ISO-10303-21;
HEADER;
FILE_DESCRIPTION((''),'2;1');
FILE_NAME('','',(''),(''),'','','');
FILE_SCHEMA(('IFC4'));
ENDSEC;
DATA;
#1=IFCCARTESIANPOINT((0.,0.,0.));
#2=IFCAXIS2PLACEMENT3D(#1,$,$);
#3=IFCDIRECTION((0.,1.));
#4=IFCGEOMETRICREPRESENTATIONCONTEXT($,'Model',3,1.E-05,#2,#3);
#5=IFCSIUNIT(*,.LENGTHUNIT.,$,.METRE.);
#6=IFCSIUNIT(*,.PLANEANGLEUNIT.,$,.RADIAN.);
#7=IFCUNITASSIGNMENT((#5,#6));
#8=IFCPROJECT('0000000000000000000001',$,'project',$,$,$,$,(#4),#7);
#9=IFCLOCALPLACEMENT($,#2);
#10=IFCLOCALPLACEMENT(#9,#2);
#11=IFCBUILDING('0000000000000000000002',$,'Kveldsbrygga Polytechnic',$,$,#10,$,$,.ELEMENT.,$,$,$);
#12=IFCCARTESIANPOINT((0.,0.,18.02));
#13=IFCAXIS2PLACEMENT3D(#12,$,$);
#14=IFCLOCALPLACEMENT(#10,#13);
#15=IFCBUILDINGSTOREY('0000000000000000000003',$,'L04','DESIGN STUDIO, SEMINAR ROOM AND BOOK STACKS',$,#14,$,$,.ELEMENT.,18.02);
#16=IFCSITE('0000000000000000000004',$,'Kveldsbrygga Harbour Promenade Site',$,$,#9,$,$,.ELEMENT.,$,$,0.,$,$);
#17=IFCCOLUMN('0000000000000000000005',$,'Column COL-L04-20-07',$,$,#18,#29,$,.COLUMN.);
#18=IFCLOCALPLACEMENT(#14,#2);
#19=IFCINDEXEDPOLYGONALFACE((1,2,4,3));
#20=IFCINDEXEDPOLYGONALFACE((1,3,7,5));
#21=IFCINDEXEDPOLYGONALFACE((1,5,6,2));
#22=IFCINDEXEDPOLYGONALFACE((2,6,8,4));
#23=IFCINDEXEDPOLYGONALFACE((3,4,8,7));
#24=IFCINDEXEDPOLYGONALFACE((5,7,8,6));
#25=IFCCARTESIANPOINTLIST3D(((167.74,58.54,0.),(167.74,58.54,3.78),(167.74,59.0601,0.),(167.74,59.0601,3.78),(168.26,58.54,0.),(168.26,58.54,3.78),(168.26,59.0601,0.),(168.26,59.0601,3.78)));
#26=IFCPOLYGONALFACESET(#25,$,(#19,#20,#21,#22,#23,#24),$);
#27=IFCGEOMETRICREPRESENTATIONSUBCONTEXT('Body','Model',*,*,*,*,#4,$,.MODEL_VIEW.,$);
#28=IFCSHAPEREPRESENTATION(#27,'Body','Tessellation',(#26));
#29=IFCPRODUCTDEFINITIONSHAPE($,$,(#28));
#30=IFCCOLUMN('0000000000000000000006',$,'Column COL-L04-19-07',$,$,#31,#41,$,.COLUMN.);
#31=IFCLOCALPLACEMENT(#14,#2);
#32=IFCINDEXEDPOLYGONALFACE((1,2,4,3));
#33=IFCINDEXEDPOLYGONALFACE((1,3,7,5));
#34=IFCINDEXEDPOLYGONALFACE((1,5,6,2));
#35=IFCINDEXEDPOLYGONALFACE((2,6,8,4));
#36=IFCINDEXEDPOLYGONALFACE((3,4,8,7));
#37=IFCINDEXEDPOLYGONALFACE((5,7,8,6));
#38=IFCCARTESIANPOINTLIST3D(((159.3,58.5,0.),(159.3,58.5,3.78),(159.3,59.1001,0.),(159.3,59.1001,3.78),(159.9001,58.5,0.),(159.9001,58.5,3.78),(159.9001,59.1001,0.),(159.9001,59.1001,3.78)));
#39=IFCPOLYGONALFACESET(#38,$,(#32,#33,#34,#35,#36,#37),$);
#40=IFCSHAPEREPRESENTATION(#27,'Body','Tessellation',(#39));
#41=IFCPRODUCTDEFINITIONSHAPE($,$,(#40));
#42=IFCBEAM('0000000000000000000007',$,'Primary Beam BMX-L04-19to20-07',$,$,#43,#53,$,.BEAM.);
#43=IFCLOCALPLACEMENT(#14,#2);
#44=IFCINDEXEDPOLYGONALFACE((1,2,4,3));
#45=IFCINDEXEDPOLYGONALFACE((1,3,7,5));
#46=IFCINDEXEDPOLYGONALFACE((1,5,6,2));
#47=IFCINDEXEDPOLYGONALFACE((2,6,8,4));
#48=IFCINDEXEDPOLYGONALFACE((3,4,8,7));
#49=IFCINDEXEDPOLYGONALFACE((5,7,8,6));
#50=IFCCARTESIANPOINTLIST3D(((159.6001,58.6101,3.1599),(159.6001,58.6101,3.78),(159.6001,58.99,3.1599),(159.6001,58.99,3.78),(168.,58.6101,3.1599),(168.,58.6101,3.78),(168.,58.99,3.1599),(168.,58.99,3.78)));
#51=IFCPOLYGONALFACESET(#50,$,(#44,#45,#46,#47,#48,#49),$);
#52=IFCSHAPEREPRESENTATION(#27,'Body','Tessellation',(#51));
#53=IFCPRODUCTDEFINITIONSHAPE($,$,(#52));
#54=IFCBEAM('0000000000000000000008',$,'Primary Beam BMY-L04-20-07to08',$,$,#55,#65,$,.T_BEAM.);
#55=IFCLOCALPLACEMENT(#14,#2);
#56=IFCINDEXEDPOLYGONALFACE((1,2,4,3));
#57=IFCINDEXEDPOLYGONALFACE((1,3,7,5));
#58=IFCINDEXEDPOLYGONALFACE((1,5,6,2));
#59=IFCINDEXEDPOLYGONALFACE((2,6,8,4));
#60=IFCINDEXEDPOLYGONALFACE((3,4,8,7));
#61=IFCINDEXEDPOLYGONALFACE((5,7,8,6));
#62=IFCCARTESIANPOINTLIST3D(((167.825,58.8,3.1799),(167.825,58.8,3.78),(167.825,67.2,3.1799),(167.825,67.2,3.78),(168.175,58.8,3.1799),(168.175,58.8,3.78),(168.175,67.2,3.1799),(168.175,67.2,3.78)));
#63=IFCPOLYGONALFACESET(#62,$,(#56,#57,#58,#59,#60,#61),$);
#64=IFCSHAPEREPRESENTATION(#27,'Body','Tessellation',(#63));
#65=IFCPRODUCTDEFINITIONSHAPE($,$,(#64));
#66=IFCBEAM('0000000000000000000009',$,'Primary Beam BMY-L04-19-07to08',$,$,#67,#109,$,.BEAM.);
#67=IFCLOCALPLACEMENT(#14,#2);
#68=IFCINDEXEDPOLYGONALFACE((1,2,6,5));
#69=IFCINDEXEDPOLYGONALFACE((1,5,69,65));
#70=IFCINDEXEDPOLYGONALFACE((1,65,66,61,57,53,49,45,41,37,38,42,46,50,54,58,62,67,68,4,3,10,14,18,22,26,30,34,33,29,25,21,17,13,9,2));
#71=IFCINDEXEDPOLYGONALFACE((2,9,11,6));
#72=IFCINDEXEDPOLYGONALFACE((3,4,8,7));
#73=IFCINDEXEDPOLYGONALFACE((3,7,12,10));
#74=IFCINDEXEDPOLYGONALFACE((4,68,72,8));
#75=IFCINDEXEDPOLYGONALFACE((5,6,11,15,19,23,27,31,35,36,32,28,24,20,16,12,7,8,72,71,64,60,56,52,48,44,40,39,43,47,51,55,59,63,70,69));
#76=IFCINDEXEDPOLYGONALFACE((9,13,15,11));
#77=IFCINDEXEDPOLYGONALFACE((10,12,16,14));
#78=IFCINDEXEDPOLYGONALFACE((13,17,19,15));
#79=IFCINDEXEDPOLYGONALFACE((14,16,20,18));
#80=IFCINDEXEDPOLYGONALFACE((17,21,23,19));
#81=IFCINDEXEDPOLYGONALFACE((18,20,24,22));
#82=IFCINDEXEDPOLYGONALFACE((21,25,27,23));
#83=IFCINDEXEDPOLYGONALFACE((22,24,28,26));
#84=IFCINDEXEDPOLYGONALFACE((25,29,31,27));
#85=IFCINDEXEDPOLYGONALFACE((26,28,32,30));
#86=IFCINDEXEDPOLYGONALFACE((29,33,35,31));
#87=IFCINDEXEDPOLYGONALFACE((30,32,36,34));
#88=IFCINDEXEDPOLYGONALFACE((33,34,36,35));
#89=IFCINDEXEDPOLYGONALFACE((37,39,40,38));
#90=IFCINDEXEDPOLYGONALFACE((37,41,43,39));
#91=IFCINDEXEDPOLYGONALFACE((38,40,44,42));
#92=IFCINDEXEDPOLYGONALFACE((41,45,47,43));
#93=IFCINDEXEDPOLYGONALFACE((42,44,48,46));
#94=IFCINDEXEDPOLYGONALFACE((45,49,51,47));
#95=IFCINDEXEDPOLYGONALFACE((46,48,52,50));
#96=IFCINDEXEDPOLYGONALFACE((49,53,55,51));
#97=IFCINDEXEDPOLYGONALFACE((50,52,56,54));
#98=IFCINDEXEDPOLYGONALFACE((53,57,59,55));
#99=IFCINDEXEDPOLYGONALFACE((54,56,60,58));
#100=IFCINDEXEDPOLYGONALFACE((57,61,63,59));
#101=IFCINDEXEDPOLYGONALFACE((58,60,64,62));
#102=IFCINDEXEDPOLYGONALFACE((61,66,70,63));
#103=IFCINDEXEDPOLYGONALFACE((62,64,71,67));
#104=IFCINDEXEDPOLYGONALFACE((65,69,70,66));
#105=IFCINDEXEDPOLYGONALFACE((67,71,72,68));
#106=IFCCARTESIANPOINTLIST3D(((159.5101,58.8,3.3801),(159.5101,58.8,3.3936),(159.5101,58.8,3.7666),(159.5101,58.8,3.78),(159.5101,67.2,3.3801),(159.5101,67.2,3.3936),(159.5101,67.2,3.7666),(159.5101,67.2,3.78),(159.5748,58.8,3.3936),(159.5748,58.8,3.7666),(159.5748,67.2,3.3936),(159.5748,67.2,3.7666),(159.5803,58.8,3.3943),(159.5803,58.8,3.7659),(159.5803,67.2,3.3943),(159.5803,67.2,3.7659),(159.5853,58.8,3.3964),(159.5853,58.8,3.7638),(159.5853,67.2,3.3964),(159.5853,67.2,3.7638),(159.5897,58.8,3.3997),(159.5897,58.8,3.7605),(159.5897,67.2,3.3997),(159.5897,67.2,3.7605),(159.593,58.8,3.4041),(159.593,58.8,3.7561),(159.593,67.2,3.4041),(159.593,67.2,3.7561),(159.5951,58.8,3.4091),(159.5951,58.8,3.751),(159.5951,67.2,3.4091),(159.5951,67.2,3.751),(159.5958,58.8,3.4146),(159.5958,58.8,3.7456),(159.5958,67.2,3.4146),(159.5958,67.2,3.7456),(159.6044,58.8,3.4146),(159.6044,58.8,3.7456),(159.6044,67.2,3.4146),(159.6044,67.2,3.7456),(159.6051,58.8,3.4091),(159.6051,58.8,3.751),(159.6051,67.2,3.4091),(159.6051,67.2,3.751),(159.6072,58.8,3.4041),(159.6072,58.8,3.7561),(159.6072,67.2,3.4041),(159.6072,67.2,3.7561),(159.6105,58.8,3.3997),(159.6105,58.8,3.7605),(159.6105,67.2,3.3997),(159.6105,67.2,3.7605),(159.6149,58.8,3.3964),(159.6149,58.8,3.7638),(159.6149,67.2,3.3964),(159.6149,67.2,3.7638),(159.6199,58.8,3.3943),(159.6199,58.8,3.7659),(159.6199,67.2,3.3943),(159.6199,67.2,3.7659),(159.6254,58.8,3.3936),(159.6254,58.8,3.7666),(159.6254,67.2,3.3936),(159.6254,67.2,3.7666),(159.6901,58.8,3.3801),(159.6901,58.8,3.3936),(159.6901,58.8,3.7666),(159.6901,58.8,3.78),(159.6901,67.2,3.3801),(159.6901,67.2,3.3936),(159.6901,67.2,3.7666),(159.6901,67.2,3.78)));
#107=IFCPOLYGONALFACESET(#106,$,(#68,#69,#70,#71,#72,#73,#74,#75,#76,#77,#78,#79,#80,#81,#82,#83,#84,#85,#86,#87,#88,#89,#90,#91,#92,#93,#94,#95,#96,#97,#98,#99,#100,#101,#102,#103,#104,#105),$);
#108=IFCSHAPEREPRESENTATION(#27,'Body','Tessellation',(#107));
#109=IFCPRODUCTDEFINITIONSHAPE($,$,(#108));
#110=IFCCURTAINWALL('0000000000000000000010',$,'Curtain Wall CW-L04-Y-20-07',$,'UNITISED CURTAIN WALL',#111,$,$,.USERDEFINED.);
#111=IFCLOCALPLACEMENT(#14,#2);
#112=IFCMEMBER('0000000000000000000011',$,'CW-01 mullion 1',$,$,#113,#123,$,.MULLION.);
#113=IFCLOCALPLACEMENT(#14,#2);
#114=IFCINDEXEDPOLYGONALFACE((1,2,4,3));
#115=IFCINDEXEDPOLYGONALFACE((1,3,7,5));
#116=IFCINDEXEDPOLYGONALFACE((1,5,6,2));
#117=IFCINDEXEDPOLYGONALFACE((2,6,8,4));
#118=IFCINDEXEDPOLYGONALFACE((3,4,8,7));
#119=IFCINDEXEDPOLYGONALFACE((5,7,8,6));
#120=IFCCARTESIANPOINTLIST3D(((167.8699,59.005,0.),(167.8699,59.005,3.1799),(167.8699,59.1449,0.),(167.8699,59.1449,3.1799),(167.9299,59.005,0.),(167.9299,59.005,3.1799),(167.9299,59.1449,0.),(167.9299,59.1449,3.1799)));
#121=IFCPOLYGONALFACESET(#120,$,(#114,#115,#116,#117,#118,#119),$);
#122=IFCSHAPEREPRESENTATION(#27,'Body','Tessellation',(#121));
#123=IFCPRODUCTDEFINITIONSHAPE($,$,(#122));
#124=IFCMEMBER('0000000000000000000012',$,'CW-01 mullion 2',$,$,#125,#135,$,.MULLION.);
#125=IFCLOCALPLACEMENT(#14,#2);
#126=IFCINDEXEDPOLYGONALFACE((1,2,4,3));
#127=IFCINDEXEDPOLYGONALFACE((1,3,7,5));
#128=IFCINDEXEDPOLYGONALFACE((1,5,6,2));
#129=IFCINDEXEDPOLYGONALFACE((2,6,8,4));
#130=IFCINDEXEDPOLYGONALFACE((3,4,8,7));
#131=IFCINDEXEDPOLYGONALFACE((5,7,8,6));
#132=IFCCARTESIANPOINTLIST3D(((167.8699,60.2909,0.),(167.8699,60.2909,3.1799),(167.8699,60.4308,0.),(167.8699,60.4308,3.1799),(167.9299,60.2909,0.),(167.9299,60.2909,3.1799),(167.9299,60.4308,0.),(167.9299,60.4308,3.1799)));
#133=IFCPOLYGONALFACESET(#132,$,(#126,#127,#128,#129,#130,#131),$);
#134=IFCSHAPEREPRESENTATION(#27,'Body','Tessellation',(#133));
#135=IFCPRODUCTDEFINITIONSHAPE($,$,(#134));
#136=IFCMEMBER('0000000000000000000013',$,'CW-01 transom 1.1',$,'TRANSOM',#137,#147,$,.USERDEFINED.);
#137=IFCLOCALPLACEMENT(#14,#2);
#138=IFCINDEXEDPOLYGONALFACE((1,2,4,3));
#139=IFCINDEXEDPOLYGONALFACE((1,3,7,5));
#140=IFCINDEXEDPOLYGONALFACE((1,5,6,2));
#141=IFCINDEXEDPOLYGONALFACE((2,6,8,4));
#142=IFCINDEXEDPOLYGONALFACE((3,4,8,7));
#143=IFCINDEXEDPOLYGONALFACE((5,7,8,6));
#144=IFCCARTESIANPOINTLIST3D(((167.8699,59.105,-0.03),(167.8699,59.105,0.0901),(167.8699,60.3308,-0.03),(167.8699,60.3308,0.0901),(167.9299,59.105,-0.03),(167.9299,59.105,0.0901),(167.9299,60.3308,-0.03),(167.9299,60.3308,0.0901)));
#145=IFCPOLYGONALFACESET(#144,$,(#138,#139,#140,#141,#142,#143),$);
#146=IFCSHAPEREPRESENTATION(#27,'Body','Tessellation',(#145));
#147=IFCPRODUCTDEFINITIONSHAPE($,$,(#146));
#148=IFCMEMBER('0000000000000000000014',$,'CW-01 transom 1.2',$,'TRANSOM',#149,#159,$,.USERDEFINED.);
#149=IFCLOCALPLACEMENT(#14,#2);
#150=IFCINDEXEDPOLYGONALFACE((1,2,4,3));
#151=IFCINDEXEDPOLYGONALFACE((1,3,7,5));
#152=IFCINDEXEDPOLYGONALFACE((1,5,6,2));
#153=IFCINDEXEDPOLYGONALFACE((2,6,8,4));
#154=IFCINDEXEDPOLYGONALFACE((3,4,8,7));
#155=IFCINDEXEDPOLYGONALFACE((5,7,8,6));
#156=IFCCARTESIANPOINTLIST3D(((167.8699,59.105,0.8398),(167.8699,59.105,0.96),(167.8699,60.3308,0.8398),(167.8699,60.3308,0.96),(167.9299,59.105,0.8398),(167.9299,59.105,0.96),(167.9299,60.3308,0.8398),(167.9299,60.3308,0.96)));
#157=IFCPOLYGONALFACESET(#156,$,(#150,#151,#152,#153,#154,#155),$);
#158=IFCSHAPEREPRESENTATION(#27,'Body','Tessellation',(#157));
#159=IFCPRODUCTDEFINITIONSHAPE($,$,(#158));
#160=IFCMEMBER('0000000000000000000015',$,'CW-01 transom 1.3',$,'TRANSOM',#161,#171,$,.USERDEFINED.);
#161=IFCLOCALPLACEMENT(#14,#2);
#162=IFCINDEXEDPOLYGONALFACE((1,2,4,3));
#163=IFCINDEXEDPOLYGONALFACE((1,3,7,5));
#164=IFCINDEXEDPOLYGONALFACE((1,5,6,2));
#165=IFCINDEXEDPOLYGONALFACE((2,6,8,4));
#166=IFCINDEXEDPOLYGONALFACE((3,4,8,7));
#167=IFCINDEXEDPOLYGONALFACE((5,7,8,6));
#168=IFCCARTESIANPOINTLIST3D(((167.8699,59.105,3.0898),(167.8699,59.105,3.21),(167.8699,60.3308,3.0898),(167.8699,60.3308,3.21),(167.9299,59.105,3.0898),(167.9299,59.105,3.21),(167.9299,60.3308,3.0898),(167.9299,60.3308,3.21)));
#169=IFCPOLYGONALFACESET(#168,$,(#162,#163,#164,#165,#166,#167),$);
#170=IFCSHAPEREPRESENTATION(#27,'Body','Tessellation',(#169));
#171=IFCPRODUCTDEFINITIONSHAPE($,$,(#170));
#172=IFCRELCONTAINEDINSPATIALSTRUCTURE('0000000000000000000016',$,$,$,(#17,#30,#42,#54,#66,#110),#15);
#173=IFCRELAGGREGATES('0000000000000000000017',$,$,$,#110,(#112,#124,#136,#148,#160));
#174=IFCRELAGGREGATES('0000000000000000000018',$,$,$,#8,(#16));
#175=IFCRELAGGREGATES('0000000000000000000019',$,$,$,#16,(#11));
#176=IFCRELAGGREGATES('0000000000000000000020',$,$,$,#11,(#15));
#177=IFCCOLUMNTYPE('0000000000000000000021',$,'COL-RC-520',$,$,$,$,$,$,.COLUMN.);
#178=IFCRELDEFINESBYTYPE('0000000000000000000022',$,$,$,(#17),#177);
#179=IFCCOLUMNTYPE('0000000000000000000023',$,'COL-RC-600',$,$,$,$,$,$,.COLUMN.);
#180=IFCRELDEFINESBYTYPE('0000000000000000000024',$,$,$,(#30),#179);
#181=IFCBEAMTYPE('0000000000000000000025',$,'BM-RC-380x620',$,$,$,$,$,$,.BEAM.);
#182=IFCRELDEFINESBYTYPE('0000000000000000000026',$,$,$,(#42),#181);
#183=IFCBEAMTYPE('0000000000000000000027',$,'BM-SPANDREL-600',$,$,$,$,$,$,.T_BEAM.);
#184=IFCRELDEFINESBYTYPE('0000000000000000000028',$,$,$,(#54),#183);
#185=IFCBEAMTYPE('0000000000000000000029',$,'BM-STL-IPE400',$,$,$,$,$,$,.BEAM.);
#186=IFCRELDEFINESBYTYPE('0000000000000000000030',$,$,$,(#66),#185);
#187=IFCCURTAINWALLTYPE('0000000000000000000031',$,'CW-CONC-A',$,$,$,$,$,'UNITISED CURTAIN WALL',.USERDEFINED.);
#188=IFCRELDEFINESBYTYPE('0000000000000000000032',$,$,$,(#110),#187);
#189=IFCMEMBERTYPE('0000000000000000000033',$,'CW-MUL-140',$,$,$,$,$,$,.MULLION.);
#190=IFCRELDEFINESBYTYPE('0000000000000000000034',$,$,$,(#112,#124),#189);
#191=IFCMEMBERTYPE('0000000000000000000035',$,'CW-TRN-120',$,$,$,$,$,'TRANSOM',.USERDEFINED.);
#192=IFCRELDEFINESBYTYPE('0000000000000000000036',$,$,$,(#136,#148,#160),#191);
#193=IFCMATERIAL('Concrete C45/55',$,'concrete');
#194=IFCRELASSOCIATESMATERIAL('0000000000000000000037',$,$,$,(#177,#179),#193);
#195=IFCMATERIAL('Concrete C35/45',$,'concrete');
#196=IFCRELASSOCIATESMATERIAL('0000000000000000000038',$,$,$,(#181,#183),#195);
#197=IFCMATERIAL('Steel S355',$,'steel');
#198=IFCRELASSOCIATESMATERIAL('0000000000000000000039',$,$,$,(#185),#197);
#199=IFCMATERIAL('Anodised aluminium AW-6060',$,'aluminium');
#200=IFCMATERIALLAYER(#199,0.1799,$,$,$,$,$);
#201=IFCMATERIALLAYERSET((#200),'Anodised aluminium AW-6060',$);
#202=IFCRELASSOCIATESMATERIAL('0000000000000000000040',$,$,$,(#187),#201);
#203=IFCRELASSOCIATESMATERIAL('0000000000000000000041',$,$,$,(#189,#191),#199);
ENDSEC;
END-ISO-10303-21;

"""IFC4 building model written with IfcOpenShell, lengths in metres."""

from ifc_helpers import new_model, si_unit, direction, frame, origin, origin_2d, place, context, subcontext, project, spatial, rectangle, i_section, extrude, material, layer, layer_set, material_profile, profile_set, type_object, element, aggregate, save


model = new_model("IFC4")

# Units and contexts
model_context = context("Model", 3, precision=1e-05, world=origin(), true_north=direction((0.0, 1.0)))
body_context = subcontext(model_context, "Body", "Model", "MODEL_VIEW")
ifc_project = project(units=[si_unit("LENGTHUNIT", "METRE"), si_unit("PLANEANGLEUNIT", "RADIAN")], contexts=[model_context])

# Site, building, storey
site_placement = place(None, origin())
site = spatial("IfcSite", under=ifc_project, at=site_placement, Name="Kveldsbrygga Harbour Promenade Site", CompositionType="ELEMENT", RefElevation=0.0)
building_placement = place(site_placement, origin())
building = spatial("IfcBuilding", under=site, at=building_placement, Name="Kveldsbrygga Polytechnic", CompositionType="ELEMENT")
storey_placement = place(building_placement, frame((0.0, 0.0, 18.02)))
storey = spatial("IfcBuildingStorey", under=building, at=storey_placement, Name="L04", Description="DESIGN STUDIO, SEMINAR ROOM AND BOOK STACKS", CompositionType="ELEMENT", Elevation=18.02)

# Columns
ifc_material_1 = material(Name="Concrete C45/55", Category="concrete")
ifc_material_profile_1 = material_profile(ifc_material_1, rectangle(XDim=0.52, YDim=0.52, at=origin_2d()), Name="RC 520x520")
ifc_profile_set_1 = profile_set([ifc_material_profile_1], Name="Concrete C45/55")
column_type_1 = type_object("IfcColumnType", Name="COL-RC-520", PredefinedType="COLUMN", material=ifc_profile_set_1)
column_1_placement = place(storey_placement, frame((168.0, 58.8, 0.0), z_axis=(0.0, 0.0, 1.0), x_axis=(1.0, 0.0, 0.0)))
element("IfcColumn", 1, at=column_1_placement, inside=storey, type_object=column_type_1, Name="Column COL-L04-20-07", PredefinedType="COLUMN", context=body_context, shape_type="SweptSolid", body=[
    extrude(rectangle(XDim=0.52, YDim=0.52, at=origin_2d()), origin(), (0.0, 0.0, 1.0), 3.78),
])
ifc_material_profile_2 = material_profile(ifc_material_1, rectangle(XDim=0.6001, YDim=0.6001, at=origin_2d()), Name="RC 600x600")
ifc_profile_set_2 = profile_set([ifc_material_profile_2], Name="Concrete C45/55")
column_type_2 = type_object("IfcColumnType", Name="COL-RC-600", PredefinedType="COLUMN", material=ifc_profile_set_2)
column_2_placement = place(storey_placement, frame((159.6001, 58.8, 0.0), z_axis=(0.0, 0.0, 1.0), x_axis=(1.0, 0.0, 0.0)))
element("IfcColumn", 2, at=column_2_placement, inside=storey, type_object=column_type_2, Name="Column COL-L04-19-07", PredefinedType="COLUMN", context=body_context, shape_type="SweptSolid", body=[
    extrude(rectangle(XDim=0.6001, YDim=0.6001, at=origin_2d()), origin(), (0.0, 0.0, 1.0), 3.78),
])

# Beams
ifc_material_2 = material(Name="Concrete C35/45", Category="concrete")
ifc_material_profile_3 = material_profile(ifc_material_2, rectangle(XDim=0.3799, YDim=0.6201, at=origin_2d()), Name="RC 380x620")
ifc_profile_set_3 = profile_set([ifc_material_profile_3], Name="Concrete C35/45")
beam_type_1 = type_object("IfcBeamType", Name="BM-RC-380x620", PredefinedType="BEAM", material=ifc_profile_set_3)
beam_1_placement = place(storey_placement, frame((159.6001, 58.8, 3.47), z_axis=(1.0, 0.0, 0.0), x_axis=(0.0, 1.0, 0.0)))
element("IfcBeam", 3, at=beam_1_placement, inside=storey, type_object=beam_type_1, Name="Primary Beam BMX-L04-19to20-07", PredefinedType="BEAM", context=body_context, shape_type="SweptSolid", body=[
    extrude(rectangle(XDim=0.3799, YDim=0.6201, at=origin_2d()), origin(), (0.0, 0.0, 1.0), 8.3999),
])
ifc_material_profile_4 = material_profile(ifc_material_2, rectangle(XDim=0.3501, YDim=0.6001, at=origin_2d()), Name="RC 350x600")
ifc_profile_set_4 = profile_set([ifc_material_profile_4], Name="Concrete C35/45")
beam_type_2 = type_object("IfcBeamType", Name="BM-SPANDREL-600", PredefinedType="T_BEAM", material=ifc_profile_set_4)
beam_2_placement = place(storey_placement, frame((168.0, 58.8, 3.48), z_axis=(0.0, 1.0, 0.0), x_axis=(-1.0, 0.0, 0.0)))
element("IfcBeam", 4, at=beam_2_placement, inside=storey, type_object=beam_type_2, Name="Primary Beam BMY-L04-20-07to08", PredefinedType="T_BEAM", context=body_context, shape_type="SweptSolid", body=[
    extrude(rectangle(XDim=0.3501, YDim=0.6001, at=origin_2d()), origin(), (0.0, 0.0, 1.0), 8.3999),
])
ifc_material_3 = material(Name="Steel S355", Category="steel")
ifc_material_profile_5 = material_profile(ifc_material_3, i_section(OverallWidth=0.1799, OverallDepth=0.3999, WebThickness=0.0085, FlangeThickness=0.0134, FilletRadius=0.021, at=origin_2d()), Name="IPE 400")
ifc_profile_set_5 = profile_set([ifc_material_profile_5], Name="Steel S355")
beam_type_3 = type_object("IfcBeamType", Name="BM-STL-IPE400", PredefinedType="BEAM", material=ifc_profile_set_5)
beam_3_placement = place(storey_placement, frame((159.6001, 58.8, 3.5801), z_axis=(0.0, 1.0, 0.0), x_axis=(-1.0, 0.0, 0.0)))
element("IfcBeam", 5, at=beam_3_placement, inside=storey, type_object=beam_type_3, Name="Primary Beam BMY-L04-19-07to08", PredefinedType="BEAM", context=body_context, shape_type="SweptSolid", body=[
    extrude(i_section(OverallWidth=0.1799, OverallDepth=0.3999, WebThickness=0.0085, FlangeThickness=0.0134, FilletRadius=0.021, at=origin_2d()), origin(), (0.0, 0.0, 1.0), 8.3999),
])

# Curtain wall, members
ifc_material_4 = material(Name="Anodised aluminium AW-6060", Category="aluminium")
ifc_layer_1 = layer(ifc_material_4, 0.1799)
ifc_layer_set_1 = layer_set([ifc_layer_1], Name="Anodised aluminium AW-6060")
curtain_wall_type = type_object("IfcCurtainWallType", Name="CW-CONC-A", ElementType="UNITISED CURTAIN WALL", PredefinedType="USERDEFINED", material=ifc_layer_set_1)
curtain_wall_placement = place(storey_placement, origin())
curtain_wall = element("IfcCurtainWall", 6, at=curtain_wall_placement, inside=storey, type_object=curtain_wall_type, Name="Curtain Wall CW-L04-Y-20-07", ObjectType="UNITISED CURTAIN WALL", PredefinedType="USERDEFINED")
ifc_material_profile_6 = material_profile(ifc_material_4, rectangle(XDim=0.0601, YDim=0.1399, at=origin_2d()), Name="ALU 60x140")
ifc_profile_set_6 = profile_set([ifc_material_profile_6], Name="Anodised aluminium AW-6060")
member_type_1 = type_object("IfcMemberType", Name="CW-MUL-140", PredefinedType="MULLION", material=ifc_profile_set_6)
member_1_placement = place(storey_placement, frame((167.8999, 59.075, 0.0), z_axis=(0.0, 0.0, 1.0), x_axis=(-1.0, 0.0, 0.0)))
member_1 = element("IfcMember", 7, at=member_1_placement, type_object=member_type_1, Name="CW-01 mullion 1", PredefinedType="MULLION", context=body_context, shape_type="SweptSolid", body=[
    extrude(rectangle(XDim=0.0601, YDim=0.1399, at=origin_2d()), origin(), (0.0, 0.0, 1.0), 3.1799),
])
member_2_placement = place(storey_placement, frame((167.8999, 60.3608, 0.0), z_axis=(0.0, 0.0, 1.0), x_axis=(-1.0, 0.0, 0.0)))
member_2 = element("IfcMember", 8, at=member_2_placement, type_object=member_type_1, Name="CW-01 mullion 2", PredefinedType="MULLION", context=body_context, shape_type="SweptSolid", body=[
    extrude(rectangle(XDim=0.0601, YDim=0.1399, at=origin_2d()), origin(), (0.0, 0.0, 1.0), 3.1799),
])
ifc_material_profile_7 = material_profile(ifc_material_4, rectangle(XDim=0.0601, YDim=0.1201, at=origin_2d()), Name="ALU 60x120")
ifc_profile_set_7 = profile_set([ifc_material_profile_7], Name="Anodised aluminium AW-6060")
member_type_2 = type_object("IfcMemberType", Name="CW-TRN-120", ElementType="TRANSOM", PredefinedType="USERDEFINED", material=ifc_profile_set_7)
member_3_placement = place(storey_placement, frame((167.8999, 59.105, 0.03), z_axis=(0.0, 1.0, 0.0), x_axis=(-1.0, 0.0, 0.0)))
member_3 = element("IfcMember", 9, at=member_3_placement, type_object=member_type_2, Name="CW-01 transom 1.1", ObjectType="TRANSOM", PredefinedType="USERDEFINED", context=body_context, shape_type="SweptSolid", body=[
    extrude(rectangle(XDim=0.0601, YDim=0.1201, at=origin_2d()), origin(), (0.0, 0.0, 1.0), 1.2258),
])
member_4_placement = place(storey_placement, frame((167.8999, 59.105, 0.8999), z_axis=(0.0, 1.0, 0.0), x_axis=(-1.0, 0.0, 0.0)))
member_4 = element("IfcMember", 10, at=member_4_placement, type_object=member_type_2, Name="CW-01 transom 1.2", ObjectType="TRANSOM", PredefinedType="USERDEFINED", context=body_context, shape_type="SweptSolid", body=[
    extrude(rectangle(XDim=0.0601, YDim=0.1201, at=origin_2d()), origin(), (0.0, 0.0, 1.0), 1.2258),
])
member_5_placement = place(storey_placement, frame((167.8999, 59.105, 3.1499), z_axis=(0.0, 1.0, 0.0), x_axis=(-1.0, 0.0, 0.0)))
member_5 = element("IfcMember", 11, at=member_5_placement, type_object=member_type_2, Name="CW-01 transom 1.3", ObjectType="TRANSOM", PredefinedType="USERDEFINED", context=body_context, shape_type="SweptSolid", body=[
    extrude(rectangle(XDim=0.0601, YDim=0.1201, at=origin_2d()), origin(), (0.0, 0.0, 1.0), 1.2258),
])

aggregate(curtain_wall, [member_1, member_2, member_3, member_4, member_5])

save(model, "model.ifc")
